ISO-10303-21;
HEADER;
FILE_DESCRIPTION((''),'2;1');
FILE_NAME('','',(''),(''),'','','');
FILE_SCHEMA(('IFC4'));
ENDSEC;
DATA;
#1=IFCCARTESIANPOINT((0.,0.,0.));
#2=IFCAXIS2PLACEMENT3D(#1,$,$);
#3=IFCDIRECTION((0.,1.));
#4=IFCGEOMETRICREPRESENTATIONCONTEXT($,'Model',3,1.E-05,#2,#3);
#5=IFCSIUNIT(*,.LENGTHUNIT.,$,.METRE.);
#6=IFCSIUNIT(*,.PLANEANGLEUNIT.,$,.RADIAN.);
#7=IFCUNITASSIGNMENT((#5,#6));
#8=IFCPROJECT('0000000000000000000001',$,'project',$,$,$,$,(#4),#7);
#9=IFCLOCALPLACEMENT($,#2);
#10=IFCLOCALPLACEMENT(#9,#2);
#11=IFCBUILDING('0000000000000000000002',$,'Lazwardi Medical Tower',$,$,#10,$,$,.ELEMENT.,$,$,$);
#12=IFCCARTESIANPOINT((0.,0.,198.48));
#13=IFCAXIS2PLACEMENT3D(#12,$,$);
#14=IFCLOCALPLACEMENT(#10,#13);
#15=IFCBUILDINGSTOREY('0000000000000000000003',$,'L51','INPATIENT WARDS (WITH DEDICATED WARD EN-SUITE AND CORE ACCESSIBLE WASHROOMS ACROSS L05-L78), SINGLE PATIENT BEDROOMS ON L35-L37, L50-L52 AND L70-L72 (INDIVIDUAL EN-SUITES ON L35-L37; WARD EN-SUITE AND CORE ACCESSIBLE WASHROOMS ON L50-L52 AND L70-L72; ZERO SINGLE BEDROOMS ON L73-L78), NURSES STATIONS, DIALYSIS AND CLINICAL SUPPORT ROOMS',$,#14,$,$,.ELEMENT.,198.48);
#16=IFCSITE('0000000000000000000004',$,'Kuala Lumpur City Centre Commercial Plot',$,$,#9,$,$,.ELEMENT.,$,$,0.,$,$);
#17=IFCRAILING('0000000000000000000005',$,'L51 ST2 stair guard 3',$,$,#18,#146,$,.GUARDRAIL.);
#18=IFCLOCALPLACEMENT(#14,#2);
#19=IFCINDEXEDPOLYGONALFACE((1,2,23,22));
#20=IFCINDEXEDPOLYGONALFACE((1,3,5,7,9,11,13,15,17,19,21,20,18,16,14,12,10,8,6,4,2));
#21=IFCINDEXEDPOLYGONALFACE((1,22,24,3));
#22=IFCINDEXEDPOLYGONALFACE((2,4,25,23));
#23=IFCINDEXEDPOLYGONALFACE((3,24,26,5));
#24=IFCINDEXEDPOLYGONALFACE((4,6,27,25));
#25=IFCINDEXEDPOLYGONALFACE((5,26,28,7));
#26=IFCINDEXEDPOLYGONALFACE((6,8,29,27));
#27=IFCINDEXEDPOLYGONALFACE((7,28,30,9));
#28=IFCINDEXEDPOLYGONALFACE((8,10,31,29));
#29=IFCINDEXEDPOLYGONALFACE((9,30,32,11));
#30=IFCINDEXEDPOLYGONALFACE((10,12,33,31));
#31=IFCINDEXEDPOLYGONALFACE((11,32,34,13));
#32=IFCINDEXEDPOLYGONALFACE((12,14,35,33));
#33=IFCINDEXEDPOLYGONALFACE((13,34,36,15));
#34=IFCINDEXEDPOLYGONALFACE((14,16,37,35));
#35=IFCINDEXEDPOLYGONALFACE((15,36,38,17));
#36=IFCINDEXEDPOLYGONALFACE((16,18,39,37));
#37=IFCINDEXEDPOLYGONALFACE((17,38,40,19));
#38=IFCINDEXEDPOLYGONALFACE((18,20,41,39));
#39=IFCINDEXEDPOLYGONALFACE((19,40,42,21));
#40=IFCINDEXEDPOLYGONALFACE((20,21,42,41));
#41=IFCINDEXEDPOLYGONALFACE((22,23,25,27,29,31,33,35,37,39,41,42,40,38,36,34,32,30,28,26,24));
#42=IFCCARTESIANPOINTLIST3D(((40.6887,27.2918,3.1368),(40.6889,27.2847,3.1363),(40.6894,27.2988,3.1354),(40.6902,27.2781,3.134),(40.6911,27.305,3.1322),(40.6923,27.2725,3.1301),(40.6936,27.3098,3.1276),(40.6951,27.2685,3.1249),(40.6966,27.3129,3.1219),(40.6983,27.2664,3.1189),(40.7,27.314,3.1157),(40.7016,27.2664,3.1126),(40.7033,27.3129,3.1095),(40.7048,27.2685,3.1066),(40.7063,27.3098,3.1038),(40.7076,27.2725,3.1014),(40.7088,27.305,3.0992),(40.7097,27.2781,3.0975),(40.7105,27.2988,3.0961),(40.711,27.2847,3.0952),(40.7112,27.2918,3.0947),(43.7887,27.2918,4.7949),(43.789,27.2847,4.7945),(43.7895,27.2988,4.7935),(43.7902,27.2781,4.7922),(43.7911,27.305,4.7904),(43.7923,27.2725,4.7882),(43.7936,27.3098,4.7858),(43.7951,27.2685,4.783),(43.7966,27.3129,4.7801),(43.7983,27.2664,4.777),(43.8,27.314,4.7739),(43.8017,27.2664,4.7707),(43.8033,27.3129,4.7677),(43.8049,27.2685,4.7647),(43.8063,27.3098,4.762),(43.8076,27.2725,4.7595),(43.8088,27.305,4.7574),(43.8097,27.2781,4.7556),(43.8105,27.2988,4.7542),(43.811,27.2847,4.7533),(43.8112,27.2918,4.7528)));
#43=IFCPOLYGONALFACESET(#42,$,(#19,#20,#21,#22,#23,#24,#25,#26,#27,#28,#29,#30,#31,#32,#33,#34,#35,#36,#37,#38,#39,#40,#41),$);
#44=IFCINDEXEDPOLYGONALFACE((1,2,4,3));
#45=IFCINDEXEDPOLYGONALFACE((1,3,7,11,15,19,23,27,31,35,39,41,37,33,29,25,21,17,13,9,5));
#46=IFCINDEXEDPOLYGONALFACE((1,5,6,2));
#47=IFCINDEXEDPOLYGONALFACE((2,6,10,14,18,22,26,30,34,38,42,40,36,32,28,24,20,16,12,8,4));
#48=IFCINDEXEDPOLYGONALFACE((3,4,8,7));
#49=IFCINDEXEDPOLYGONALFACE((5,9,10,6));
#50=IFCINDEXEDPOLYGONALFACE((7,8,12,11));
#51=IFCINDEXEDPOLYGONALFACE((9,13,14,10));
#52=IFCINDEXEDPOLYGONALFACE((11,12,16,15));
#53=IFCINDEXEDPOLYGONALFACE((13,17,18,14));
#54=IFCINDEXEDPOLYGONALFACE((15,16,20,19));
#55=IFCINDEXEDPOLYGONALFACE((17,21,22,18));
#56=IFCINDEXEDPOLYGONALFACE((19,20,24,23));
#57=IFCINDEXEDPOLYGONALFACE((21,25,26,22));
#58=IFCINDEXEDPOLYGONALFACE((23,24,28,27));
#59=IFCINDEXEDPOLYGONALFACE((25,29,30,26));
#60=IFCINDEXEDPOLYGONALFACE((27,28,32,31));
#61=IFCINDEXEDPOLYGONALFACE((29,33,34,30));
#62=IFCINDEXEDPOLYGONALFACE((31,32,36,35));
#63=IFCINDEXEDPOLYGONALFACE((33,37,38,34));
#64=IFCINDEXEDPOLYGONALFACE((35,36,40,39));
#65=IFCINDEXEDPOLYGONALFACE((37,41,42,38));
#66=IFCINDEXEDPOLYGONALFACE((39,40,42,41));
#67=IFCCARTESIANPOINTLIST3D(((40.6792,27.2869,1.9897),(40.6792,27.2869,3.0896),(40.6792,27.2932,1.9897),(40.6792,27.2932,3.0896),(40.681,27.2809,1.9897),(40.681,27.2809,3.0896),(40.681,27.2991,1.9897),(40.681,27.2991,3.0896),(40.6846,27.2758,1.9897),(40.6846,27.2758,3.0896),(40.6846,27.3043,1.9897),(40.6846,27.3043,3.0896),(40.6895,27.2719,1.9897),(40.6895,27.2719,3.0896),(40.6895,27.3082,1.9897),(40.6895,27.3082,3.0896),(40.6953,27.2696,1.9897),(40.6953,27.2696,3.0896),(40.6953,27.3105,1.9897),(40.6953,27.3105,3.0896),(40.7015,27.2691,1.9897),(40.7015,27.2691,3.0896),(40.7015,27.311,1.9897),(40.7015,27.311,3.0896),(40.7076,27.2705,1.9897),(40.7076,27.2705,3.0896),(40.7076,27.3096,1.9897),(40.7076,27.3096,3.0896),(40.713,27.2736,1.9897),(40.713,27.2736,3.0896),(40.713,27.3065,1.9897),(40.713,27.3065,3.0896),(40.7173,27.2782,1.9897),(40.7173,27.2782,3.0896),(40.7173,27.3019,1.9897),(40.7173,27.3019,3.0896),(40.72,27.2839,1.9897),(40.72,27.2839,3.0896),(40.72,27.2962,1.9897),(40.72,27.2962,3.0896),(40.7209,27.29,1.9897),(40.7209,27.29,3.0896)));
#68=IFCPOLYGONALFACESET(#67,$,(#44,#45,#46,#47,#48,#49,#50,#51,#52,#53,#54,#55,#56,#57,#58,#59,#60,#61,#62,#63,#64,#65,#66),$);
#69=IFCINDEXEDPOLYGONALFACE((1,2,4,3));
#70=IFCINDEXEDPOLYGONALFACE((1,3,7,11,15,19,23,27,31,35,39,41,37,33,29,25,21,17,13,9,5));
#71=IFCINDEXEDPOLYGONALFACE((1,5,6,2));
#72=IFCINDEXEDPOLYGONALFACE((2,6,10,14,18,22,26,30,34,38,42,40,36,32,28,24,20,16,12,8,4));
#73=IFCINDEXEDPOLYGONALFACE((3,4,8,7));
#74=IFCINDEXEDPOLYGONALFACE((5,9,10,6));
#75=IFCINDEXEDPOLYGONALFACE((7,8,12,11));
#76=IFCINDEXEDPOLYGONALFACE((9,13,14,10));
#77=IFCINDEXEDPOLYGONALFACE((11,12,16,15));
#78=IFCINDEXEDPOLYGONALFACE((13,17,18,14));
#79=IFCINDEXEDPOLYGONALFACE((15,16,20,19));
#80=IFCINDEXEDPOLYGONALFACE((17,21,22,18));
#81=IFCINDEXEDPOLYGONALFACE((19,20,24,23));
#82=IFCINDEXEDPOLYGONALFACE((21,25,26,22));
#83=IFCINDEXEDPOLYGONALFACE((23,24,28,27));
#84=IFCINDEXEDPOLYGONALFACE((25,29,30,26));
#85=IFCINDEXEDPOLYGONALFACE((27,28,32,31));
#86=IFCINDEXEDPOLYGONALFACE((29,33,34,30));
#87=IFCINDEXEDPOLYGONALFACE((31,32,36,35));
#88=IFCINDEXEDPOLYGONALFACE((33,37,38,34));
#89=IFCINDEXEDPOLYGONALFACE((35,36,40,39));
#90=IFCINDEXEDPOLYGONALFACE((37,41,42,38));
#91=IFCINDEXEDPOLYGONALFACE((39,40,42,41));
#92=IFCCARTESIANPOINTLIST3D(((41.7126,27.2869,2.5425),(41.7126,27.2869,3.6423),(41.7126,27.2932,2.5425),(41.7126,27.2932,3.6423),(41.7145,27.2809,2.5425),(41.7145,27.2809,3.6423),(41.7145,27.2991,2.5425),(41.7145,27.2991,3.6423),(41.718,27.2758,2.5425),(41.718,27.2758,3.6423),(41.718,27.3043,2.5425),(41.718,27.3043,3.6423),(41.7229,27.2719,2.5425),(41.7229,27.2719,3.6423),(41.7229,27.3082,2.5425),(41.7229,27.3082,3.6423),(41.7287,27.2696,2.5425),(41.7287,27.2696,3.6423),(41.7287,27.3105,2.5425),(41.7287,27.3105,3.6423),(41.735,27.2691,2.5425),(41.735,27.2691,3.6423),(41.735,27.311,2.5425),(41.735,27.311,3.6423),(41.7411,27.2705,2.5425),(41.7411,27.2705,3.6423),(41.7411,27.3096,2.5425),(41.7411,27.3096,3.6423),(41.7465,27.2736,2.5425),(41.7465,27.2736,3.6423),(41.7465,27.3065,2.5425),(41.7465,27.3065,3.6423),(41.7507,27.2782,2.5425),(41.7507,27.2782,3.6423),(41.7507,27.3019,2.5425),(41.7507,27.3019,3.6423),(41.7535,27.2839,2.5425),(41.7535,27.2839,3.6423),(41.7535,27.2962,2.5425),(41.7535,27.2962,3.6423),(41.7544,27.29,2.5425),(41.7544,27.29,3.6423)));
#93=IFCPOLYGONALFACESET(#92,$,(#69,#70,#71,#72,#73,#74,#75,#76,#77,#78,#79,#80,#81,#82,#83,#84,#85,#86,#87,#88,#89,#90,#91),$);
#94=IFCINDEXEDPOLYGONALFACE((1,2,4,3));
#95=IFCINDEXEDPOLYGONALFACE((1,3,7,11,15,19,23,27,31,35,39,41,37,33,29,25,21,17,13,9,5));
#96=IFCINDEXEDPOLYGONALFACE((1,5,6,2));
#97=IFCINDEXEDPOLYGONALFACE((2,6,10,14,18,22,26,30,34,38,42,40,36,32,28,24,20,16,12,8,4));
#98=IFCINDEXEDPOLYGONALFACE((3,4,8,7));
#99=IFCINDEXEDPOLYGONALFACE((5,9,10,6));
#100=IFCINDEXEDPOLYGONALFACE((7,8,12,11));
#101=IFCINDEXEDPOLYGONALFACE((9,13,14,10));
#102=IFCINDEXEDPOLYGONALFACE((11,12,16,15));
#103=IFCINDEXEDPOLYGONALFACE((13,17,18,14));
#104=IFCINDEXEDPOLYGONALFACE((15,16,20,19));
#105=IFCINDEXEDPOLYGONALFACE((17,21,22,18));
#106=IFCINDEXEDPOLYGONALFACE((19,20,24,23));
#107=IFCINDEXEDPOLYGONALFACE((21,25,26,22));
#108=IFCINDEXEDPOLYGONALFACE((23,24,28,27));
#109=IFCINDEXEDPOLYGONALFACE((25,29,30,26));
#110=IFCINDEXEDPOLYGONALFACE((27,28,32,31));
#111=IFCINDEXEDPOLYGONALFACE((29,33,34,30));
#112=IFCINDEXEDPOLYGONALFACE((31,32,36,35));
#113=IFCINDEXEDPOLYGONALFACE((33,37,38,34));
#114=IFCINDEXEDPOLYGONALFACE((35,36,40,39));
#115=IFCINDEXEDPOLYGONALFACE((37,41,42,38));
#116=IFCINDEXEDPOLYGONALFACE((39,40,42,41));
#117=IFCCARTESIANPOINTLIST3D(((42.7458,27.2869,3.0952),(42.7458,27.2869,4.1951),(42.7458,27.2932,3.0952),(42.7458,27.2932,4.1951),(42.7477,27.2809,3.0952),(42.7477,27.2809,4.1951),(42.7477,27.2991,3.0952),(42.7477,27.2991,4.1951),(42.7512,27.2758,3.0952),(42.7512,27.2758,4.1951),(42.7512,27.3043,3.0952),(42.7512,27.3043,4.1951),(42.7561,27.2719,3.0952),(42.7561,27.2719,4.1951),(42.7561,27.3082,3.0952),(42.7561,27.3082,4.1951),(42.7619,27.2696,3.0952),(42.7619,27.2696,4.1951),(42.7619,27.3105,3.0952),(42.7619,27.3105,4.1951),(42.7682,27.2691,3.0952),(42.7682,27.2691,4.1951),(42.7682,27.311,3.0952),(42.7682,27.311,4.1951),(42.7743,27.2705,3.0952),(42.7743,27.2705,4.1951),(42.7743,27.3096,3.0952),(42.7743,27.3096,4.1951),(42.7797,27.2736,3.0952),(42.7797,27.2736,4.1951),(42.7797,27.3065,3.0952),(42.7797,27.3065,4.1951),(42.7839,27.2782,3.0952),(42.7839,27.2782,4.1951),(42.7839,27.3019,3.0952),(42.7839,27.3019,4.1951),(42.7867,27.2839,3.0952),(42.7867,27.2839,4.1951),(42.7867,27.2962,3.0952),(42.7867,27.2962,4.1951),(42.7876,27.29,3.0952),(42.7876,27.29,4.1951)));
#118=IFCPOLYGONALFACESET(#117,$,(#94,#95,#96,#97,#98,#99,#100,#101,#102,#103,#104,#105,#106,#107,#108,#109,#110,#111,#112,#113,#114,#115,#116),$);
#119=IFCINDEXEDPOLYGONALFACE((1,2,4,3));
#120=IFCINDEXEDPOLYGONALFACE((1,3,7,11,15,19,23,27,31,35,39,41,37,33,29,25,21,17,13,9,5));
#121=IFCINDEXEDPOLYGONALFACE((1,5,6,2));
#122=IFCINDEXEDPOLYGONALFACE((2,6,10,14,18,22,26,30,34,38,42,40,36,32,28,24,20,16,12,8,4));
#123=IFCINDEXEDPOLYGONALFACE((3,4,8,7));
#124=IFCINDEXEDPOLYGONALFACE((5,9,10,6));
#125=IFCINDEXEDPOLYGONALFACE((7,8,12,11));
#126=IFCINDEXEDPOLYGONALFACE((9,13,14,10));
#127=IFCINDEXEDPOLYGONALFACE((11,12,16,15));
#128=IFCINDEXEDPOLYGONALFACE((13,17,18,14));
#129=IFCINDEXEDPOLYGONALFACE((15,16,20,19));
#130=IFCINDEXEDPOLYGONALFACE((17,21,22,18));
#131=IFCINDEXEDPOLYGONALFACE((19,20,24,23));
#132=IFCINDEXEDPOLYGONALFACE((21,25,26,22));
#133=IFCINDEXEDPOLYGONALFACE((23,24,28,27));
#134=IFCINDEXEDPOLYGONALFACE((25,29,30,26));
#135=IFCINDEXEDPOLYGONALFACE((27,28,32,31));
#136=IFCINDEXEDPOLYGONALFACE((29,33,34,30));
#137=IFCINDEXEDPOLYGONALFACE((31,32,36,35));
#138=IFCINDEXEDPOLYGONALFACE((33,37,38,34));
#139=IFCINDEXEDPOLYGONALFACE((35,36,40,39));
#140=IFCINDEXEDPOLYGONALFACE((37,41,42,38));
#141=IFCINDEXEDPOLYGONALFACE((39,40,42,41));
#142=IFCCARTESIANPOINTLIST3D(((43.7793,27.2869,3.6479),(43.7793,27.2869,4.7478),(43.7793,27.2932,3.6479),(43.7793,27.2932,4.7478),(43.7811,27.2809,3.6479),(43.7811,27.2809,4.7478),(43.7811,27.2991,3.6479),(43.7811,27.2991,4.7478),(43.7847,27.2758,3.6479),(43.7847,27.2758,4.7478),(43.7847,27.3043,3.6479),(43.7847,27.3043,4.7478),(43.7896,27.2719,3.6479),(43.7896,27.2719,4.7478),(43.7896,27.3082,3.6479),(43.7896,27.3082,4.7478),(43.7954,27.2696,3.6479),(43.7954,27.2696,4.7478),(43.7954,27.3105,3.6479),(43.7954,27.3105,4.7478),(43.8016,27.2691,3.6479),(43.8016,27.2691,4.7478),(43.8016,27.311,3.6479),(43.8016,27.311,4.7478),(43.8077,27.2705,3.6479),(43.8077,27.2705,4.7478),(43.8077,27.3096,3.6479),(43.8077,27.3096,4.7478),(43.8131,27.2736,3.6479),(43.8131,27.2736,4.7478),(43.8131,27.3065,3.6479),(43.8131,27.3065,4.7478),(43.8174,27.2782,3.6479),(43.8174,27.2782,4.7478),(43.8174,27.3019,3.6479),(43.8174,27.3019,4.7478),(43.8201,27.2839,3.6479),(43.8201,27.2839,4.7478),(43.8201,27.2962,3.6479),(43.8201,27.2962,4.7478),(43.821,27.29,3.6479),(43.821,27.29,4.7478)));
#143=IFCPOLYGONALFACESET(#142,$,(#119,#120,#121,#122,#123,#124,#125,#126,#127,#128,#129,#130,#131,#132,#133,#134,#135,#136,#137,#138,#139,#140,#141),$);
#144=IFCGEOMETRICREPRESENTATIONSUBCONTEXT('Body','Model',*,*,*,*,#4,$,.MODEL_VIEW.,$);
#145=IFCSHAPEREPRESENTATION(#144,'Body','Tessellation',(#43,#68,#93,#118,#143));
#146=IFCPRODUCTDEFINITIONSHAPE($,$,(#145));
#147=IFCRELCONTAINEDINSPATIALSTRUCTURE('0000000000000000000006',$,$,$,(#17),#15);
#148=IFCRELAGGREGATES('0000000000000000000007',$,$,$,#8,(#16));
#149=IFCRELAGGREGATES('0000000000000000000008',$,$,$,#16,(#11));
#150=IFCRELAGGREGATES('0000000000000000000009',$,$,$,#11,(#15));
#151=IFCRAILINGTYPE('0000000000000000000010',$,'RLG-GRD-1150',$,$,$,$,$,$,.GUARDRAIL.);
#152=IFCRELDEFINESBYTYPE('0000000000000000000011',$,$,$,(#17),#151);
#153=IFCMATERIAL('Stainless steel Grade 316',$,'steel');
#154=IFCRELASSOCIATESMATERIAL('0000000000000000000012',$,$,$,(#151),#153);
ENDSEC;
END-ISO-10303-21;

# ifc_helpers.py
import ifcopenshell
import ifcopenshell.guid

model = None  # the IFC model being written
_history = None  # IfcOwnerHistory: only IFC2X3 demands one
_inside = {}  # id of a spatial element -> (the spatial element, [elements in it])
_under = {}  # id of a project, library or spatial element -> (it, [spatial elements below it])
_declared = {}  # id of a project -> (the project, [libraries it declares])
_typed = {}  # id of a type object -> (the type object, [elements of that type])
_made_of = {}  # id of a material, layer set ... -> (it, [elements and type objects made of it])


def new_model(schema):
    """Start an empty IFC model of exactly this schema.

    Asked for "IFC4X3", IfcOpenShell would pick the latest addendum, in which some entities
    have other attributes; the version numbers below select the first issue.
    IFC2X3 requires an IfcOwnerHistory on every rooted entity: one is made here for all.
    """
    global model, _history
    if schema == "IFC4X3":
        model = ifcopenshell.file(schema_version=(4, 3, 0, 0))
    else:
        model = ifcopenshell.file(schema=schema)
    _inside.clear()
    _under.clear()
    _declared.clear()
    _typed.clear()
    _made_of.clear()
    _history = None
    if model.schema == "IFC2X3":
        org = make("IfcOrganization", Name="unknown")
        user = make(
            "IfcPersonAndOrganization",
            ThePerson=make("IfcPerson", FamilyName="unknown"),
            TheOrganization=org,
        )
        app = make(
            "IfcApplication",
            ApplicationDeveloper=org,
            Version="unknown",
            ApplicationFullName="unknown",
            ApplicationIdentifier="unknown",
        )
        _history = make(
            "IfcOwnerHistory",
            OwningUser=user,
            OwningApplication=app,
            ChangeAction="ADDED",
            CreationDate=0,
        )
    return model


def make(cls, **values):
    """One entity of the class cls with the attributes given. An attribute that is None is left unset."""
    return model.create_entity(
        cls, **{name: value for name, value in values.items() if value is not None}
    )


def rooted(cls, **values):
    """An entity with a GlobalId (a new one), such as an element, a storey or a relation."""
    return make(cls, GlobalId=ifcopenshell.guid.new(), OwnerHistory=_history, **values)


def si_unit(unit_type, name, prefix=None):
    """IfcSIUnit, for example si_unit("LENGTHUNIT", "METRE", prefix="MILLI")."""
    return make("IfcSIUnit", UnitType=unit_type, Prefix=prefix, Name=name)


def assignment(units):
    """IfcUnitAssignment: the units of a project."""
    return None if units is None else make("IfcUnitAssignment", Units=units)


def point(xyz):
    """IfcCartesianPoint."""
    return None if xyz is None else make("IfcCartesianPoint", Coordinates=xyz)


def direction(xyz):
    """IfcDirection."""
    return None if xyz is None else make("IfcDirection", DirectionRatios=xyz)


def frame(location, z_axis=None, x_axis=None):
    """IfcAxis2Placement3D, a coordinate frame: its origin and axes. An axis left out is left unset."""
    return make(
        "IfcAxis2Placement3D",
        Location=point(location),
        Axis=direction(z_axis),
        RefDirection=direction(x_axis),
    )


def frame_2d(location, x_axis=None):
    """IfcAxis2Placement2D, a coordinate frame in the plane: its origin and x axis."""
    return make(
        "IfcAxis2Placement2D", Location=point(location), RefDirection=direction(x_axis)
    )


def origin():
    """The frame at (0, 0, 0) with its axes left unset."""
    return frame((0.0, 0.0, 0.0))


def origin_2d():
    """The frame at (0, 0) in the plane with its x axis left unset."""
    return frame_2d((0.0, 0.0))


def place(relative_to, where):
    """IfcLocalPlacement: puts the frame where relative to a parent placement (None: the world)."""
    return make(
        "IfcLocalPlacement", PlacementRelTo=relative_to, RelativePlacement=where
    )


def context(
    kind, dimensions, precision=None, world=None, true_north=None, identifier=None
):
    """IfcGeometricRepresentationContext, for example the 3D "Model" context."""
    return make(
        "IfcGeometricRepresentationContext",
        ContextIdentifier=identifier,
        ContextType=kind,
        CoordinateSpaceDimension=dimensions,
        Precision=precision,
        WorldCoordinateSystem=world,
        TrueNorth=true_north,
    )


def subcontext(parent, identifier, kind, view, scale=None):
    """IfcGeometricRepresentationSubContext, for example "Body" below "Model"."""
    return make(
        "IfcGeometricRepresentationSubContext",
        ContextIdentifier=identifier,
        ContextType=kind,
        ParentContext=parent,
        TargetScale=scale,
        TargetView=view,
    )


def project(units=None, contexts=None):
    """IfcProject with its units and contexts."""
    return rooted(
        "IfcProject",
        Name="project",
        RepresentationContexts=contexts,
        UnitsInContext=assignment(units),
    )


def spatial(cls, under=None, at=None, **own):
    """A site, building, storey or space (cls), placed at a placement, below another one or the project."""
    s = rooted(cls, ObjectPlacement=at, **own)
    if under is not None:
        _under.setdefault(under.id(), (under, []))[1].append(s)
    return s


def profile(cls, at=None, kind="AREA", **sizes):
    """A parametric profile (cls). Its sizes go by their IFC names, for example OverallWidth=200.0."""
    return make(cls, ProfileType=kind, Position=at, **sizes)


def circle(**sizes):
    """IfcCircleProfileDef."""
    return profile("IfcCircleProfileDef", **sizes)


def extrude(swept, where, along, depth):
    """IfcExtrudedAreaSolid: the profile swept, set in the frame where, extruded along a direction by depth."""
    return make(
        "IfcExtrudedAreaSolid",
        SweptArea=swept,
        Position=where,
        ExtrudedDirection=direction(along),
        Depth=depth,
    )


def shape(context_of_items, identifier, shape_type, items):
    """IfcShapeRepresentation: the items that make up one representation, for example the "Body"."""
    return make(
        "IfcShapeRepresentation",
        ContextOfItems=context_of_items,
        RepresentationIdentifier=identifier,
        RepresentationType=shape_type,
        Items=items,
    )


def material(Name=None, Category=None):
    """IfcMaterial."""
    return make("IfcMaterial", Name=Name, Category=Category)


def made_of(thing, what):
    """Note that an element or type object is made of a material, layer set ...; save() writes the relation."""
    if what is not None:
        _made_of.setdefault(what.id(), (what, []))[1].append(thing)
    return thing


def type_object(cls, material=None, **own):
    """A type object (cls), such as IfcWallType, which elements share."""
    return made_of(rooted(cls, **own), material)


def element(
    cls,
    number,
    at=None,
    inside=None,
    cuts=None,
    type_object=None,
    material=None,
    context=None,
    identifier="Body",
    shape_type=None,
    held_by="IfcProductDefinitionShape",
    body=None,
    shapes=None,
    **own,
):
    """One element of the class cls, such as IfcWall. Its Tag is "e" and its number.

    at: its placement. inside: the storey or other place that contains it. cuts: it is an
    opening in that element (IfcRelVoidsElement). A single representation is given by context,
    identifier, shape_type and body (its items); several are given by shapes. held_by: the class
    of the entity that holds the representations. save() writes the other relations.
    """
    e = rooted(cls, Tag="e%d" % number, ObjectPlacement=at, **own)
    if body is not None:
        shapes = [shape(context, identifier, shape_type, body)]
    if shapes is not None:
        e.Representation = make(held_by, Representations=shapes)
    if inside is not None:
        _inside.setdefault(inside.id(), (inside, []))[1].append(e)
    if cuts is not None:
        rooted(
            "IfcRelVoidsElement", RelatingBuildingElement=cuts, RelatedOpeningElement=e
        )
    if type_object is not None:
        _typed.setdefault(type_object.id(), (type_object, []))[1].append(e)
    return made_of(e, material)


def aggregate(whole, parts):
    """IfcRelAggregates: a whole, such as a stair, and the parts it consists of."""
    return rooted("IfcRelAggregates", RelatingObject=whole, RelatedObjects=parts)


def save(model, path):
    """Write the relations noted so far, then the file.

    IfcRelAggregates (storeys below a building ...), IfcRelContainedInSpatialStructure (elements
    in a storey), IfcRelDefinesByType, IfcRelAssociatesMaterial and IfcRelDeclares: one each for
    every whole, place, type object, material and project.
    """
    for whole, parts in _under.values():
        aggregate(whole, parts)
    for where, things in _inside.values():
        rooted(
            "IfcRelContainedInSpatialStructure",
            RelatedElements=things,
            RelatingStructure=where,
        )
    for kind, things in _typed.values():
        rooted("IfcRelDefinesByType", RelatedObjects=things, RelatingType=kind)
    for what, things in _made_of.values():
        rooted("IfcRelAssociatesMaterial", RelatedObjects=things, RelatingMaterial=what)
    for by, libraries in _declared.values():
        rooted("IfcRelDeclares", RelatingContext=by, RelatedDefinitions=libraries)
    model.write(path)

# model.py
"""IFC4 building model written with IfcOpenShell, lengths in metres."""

from ifc_helpers import new_model, si_unit, direction, frame, origin, origin_2d, place, context, subcontext, project, spatial, circle, extrude, material, type_object, element, save


model = new_model("IFC4")

# Units and contexts
model_context = context("Model", 3, precision=1e-05, world=origin(), true_north=direction((0.0, 1.0)))
body_context = subcontext(model_context, "Body", "Model", "MODEL_VIEW")
ifc_project = project(units=[si_unit("LENGTHUNIT", "METRE"), si_unit("PLANEANGLEUNIT", "RADIAN")], contexts=[model_context])

# Site, building, storey
site_placement = place(None, origin())
site = spatial("IfcSite", under=ifc_project, at=site_placement, Name="Kuala Lumpur City Centre Commercial Plot", CompositionType="ELEMENT", RefElevation=0.0)
building_placement = place(site_placement, origin())
building = spatial("IfcBuilding", under=site, at=building_placement, Name="Lazwardi Medical Tower", CompositionType="ELEMENT")
storey_placement = place(building_placement, frame((0.0, 0.0, 198.48)))
storey = spatial("IfcBuildingStorey", under=building, at=storey_placement, Name="L51", Description="INPATIENT WARDS (WITH DEDICATED WARD EN-SUITE AND CORE ACCESSIBLE WASHROOMS ACROSS L05-L78), SINGLE PATIENT BEDROOMS ON L35-L37, L50-L52 AND L70-L72 (INDIVIDUAL EN-SUITES ON L35-L37; WARD EN-SUITE AND CORE ACCESSIBLE WASHROOMS ON L50-L52 AND L70-L72; ZERO SINGLE BEDROOMS ON L73-L78), NURSES STATIONS, DIALYSIS AND CLINICAL SUPPORT ROOMS", CompositionType="ELEMENT", Elevation=198.48)

# Railing
ifc_material_1 = material(Name="Stainless steel Grade 316", Category="steel")
railing_type_1 = type_object("IfcRailingType", Name="RLG-GRD-1150", PredefinedType="GUARDRAIL", material=ifc_material_1)
railing_1_placement = place(storey_placement, frame((40.7, 27.29, 1.9897)))
element("IfcRailing", 1, at=railing_1_placement, inside=storey, type_object=railing_type_1, Name="L51 ST2 stair guard 3", PredefinedType="GUARDRAIL", context=body_context, shape_type="SweptSolid", body=[
    extrude(circle(Radius=0.0239, at=origin_2d()), frame((0.0, 0.0, 1.126), z_axis=(0.881783, 0.0, 0.471655), x_axis=(0.0, 1.0, 0.0)), (0.0, 0.0, 1.0), 3.5156),
    extrude(circle(Radius=0.021, at=origin_2d()), origin(), (0.0, 0.0, 1.0), 1.0999),
    extrude(circle(Radius=0.021, at=origin_2d()), frame((1.0334, 0.0, 0.5527)), (0.0, 0.0, 1.0), 1.0999),
    extrude(circle(Radius=0.021, at=origin_2d()), frame((2.0667, 0.0, 1.1055)), (0.0, 0.0, 1.0), 1.0999),
    extrude(circle(Radius=0.021, at=origin_2d()), frame((3.1001, 0.0, 1.6582)), (0.0, 0.0, 1.0), 1.0999),
])

save(model, "model.ifc")
